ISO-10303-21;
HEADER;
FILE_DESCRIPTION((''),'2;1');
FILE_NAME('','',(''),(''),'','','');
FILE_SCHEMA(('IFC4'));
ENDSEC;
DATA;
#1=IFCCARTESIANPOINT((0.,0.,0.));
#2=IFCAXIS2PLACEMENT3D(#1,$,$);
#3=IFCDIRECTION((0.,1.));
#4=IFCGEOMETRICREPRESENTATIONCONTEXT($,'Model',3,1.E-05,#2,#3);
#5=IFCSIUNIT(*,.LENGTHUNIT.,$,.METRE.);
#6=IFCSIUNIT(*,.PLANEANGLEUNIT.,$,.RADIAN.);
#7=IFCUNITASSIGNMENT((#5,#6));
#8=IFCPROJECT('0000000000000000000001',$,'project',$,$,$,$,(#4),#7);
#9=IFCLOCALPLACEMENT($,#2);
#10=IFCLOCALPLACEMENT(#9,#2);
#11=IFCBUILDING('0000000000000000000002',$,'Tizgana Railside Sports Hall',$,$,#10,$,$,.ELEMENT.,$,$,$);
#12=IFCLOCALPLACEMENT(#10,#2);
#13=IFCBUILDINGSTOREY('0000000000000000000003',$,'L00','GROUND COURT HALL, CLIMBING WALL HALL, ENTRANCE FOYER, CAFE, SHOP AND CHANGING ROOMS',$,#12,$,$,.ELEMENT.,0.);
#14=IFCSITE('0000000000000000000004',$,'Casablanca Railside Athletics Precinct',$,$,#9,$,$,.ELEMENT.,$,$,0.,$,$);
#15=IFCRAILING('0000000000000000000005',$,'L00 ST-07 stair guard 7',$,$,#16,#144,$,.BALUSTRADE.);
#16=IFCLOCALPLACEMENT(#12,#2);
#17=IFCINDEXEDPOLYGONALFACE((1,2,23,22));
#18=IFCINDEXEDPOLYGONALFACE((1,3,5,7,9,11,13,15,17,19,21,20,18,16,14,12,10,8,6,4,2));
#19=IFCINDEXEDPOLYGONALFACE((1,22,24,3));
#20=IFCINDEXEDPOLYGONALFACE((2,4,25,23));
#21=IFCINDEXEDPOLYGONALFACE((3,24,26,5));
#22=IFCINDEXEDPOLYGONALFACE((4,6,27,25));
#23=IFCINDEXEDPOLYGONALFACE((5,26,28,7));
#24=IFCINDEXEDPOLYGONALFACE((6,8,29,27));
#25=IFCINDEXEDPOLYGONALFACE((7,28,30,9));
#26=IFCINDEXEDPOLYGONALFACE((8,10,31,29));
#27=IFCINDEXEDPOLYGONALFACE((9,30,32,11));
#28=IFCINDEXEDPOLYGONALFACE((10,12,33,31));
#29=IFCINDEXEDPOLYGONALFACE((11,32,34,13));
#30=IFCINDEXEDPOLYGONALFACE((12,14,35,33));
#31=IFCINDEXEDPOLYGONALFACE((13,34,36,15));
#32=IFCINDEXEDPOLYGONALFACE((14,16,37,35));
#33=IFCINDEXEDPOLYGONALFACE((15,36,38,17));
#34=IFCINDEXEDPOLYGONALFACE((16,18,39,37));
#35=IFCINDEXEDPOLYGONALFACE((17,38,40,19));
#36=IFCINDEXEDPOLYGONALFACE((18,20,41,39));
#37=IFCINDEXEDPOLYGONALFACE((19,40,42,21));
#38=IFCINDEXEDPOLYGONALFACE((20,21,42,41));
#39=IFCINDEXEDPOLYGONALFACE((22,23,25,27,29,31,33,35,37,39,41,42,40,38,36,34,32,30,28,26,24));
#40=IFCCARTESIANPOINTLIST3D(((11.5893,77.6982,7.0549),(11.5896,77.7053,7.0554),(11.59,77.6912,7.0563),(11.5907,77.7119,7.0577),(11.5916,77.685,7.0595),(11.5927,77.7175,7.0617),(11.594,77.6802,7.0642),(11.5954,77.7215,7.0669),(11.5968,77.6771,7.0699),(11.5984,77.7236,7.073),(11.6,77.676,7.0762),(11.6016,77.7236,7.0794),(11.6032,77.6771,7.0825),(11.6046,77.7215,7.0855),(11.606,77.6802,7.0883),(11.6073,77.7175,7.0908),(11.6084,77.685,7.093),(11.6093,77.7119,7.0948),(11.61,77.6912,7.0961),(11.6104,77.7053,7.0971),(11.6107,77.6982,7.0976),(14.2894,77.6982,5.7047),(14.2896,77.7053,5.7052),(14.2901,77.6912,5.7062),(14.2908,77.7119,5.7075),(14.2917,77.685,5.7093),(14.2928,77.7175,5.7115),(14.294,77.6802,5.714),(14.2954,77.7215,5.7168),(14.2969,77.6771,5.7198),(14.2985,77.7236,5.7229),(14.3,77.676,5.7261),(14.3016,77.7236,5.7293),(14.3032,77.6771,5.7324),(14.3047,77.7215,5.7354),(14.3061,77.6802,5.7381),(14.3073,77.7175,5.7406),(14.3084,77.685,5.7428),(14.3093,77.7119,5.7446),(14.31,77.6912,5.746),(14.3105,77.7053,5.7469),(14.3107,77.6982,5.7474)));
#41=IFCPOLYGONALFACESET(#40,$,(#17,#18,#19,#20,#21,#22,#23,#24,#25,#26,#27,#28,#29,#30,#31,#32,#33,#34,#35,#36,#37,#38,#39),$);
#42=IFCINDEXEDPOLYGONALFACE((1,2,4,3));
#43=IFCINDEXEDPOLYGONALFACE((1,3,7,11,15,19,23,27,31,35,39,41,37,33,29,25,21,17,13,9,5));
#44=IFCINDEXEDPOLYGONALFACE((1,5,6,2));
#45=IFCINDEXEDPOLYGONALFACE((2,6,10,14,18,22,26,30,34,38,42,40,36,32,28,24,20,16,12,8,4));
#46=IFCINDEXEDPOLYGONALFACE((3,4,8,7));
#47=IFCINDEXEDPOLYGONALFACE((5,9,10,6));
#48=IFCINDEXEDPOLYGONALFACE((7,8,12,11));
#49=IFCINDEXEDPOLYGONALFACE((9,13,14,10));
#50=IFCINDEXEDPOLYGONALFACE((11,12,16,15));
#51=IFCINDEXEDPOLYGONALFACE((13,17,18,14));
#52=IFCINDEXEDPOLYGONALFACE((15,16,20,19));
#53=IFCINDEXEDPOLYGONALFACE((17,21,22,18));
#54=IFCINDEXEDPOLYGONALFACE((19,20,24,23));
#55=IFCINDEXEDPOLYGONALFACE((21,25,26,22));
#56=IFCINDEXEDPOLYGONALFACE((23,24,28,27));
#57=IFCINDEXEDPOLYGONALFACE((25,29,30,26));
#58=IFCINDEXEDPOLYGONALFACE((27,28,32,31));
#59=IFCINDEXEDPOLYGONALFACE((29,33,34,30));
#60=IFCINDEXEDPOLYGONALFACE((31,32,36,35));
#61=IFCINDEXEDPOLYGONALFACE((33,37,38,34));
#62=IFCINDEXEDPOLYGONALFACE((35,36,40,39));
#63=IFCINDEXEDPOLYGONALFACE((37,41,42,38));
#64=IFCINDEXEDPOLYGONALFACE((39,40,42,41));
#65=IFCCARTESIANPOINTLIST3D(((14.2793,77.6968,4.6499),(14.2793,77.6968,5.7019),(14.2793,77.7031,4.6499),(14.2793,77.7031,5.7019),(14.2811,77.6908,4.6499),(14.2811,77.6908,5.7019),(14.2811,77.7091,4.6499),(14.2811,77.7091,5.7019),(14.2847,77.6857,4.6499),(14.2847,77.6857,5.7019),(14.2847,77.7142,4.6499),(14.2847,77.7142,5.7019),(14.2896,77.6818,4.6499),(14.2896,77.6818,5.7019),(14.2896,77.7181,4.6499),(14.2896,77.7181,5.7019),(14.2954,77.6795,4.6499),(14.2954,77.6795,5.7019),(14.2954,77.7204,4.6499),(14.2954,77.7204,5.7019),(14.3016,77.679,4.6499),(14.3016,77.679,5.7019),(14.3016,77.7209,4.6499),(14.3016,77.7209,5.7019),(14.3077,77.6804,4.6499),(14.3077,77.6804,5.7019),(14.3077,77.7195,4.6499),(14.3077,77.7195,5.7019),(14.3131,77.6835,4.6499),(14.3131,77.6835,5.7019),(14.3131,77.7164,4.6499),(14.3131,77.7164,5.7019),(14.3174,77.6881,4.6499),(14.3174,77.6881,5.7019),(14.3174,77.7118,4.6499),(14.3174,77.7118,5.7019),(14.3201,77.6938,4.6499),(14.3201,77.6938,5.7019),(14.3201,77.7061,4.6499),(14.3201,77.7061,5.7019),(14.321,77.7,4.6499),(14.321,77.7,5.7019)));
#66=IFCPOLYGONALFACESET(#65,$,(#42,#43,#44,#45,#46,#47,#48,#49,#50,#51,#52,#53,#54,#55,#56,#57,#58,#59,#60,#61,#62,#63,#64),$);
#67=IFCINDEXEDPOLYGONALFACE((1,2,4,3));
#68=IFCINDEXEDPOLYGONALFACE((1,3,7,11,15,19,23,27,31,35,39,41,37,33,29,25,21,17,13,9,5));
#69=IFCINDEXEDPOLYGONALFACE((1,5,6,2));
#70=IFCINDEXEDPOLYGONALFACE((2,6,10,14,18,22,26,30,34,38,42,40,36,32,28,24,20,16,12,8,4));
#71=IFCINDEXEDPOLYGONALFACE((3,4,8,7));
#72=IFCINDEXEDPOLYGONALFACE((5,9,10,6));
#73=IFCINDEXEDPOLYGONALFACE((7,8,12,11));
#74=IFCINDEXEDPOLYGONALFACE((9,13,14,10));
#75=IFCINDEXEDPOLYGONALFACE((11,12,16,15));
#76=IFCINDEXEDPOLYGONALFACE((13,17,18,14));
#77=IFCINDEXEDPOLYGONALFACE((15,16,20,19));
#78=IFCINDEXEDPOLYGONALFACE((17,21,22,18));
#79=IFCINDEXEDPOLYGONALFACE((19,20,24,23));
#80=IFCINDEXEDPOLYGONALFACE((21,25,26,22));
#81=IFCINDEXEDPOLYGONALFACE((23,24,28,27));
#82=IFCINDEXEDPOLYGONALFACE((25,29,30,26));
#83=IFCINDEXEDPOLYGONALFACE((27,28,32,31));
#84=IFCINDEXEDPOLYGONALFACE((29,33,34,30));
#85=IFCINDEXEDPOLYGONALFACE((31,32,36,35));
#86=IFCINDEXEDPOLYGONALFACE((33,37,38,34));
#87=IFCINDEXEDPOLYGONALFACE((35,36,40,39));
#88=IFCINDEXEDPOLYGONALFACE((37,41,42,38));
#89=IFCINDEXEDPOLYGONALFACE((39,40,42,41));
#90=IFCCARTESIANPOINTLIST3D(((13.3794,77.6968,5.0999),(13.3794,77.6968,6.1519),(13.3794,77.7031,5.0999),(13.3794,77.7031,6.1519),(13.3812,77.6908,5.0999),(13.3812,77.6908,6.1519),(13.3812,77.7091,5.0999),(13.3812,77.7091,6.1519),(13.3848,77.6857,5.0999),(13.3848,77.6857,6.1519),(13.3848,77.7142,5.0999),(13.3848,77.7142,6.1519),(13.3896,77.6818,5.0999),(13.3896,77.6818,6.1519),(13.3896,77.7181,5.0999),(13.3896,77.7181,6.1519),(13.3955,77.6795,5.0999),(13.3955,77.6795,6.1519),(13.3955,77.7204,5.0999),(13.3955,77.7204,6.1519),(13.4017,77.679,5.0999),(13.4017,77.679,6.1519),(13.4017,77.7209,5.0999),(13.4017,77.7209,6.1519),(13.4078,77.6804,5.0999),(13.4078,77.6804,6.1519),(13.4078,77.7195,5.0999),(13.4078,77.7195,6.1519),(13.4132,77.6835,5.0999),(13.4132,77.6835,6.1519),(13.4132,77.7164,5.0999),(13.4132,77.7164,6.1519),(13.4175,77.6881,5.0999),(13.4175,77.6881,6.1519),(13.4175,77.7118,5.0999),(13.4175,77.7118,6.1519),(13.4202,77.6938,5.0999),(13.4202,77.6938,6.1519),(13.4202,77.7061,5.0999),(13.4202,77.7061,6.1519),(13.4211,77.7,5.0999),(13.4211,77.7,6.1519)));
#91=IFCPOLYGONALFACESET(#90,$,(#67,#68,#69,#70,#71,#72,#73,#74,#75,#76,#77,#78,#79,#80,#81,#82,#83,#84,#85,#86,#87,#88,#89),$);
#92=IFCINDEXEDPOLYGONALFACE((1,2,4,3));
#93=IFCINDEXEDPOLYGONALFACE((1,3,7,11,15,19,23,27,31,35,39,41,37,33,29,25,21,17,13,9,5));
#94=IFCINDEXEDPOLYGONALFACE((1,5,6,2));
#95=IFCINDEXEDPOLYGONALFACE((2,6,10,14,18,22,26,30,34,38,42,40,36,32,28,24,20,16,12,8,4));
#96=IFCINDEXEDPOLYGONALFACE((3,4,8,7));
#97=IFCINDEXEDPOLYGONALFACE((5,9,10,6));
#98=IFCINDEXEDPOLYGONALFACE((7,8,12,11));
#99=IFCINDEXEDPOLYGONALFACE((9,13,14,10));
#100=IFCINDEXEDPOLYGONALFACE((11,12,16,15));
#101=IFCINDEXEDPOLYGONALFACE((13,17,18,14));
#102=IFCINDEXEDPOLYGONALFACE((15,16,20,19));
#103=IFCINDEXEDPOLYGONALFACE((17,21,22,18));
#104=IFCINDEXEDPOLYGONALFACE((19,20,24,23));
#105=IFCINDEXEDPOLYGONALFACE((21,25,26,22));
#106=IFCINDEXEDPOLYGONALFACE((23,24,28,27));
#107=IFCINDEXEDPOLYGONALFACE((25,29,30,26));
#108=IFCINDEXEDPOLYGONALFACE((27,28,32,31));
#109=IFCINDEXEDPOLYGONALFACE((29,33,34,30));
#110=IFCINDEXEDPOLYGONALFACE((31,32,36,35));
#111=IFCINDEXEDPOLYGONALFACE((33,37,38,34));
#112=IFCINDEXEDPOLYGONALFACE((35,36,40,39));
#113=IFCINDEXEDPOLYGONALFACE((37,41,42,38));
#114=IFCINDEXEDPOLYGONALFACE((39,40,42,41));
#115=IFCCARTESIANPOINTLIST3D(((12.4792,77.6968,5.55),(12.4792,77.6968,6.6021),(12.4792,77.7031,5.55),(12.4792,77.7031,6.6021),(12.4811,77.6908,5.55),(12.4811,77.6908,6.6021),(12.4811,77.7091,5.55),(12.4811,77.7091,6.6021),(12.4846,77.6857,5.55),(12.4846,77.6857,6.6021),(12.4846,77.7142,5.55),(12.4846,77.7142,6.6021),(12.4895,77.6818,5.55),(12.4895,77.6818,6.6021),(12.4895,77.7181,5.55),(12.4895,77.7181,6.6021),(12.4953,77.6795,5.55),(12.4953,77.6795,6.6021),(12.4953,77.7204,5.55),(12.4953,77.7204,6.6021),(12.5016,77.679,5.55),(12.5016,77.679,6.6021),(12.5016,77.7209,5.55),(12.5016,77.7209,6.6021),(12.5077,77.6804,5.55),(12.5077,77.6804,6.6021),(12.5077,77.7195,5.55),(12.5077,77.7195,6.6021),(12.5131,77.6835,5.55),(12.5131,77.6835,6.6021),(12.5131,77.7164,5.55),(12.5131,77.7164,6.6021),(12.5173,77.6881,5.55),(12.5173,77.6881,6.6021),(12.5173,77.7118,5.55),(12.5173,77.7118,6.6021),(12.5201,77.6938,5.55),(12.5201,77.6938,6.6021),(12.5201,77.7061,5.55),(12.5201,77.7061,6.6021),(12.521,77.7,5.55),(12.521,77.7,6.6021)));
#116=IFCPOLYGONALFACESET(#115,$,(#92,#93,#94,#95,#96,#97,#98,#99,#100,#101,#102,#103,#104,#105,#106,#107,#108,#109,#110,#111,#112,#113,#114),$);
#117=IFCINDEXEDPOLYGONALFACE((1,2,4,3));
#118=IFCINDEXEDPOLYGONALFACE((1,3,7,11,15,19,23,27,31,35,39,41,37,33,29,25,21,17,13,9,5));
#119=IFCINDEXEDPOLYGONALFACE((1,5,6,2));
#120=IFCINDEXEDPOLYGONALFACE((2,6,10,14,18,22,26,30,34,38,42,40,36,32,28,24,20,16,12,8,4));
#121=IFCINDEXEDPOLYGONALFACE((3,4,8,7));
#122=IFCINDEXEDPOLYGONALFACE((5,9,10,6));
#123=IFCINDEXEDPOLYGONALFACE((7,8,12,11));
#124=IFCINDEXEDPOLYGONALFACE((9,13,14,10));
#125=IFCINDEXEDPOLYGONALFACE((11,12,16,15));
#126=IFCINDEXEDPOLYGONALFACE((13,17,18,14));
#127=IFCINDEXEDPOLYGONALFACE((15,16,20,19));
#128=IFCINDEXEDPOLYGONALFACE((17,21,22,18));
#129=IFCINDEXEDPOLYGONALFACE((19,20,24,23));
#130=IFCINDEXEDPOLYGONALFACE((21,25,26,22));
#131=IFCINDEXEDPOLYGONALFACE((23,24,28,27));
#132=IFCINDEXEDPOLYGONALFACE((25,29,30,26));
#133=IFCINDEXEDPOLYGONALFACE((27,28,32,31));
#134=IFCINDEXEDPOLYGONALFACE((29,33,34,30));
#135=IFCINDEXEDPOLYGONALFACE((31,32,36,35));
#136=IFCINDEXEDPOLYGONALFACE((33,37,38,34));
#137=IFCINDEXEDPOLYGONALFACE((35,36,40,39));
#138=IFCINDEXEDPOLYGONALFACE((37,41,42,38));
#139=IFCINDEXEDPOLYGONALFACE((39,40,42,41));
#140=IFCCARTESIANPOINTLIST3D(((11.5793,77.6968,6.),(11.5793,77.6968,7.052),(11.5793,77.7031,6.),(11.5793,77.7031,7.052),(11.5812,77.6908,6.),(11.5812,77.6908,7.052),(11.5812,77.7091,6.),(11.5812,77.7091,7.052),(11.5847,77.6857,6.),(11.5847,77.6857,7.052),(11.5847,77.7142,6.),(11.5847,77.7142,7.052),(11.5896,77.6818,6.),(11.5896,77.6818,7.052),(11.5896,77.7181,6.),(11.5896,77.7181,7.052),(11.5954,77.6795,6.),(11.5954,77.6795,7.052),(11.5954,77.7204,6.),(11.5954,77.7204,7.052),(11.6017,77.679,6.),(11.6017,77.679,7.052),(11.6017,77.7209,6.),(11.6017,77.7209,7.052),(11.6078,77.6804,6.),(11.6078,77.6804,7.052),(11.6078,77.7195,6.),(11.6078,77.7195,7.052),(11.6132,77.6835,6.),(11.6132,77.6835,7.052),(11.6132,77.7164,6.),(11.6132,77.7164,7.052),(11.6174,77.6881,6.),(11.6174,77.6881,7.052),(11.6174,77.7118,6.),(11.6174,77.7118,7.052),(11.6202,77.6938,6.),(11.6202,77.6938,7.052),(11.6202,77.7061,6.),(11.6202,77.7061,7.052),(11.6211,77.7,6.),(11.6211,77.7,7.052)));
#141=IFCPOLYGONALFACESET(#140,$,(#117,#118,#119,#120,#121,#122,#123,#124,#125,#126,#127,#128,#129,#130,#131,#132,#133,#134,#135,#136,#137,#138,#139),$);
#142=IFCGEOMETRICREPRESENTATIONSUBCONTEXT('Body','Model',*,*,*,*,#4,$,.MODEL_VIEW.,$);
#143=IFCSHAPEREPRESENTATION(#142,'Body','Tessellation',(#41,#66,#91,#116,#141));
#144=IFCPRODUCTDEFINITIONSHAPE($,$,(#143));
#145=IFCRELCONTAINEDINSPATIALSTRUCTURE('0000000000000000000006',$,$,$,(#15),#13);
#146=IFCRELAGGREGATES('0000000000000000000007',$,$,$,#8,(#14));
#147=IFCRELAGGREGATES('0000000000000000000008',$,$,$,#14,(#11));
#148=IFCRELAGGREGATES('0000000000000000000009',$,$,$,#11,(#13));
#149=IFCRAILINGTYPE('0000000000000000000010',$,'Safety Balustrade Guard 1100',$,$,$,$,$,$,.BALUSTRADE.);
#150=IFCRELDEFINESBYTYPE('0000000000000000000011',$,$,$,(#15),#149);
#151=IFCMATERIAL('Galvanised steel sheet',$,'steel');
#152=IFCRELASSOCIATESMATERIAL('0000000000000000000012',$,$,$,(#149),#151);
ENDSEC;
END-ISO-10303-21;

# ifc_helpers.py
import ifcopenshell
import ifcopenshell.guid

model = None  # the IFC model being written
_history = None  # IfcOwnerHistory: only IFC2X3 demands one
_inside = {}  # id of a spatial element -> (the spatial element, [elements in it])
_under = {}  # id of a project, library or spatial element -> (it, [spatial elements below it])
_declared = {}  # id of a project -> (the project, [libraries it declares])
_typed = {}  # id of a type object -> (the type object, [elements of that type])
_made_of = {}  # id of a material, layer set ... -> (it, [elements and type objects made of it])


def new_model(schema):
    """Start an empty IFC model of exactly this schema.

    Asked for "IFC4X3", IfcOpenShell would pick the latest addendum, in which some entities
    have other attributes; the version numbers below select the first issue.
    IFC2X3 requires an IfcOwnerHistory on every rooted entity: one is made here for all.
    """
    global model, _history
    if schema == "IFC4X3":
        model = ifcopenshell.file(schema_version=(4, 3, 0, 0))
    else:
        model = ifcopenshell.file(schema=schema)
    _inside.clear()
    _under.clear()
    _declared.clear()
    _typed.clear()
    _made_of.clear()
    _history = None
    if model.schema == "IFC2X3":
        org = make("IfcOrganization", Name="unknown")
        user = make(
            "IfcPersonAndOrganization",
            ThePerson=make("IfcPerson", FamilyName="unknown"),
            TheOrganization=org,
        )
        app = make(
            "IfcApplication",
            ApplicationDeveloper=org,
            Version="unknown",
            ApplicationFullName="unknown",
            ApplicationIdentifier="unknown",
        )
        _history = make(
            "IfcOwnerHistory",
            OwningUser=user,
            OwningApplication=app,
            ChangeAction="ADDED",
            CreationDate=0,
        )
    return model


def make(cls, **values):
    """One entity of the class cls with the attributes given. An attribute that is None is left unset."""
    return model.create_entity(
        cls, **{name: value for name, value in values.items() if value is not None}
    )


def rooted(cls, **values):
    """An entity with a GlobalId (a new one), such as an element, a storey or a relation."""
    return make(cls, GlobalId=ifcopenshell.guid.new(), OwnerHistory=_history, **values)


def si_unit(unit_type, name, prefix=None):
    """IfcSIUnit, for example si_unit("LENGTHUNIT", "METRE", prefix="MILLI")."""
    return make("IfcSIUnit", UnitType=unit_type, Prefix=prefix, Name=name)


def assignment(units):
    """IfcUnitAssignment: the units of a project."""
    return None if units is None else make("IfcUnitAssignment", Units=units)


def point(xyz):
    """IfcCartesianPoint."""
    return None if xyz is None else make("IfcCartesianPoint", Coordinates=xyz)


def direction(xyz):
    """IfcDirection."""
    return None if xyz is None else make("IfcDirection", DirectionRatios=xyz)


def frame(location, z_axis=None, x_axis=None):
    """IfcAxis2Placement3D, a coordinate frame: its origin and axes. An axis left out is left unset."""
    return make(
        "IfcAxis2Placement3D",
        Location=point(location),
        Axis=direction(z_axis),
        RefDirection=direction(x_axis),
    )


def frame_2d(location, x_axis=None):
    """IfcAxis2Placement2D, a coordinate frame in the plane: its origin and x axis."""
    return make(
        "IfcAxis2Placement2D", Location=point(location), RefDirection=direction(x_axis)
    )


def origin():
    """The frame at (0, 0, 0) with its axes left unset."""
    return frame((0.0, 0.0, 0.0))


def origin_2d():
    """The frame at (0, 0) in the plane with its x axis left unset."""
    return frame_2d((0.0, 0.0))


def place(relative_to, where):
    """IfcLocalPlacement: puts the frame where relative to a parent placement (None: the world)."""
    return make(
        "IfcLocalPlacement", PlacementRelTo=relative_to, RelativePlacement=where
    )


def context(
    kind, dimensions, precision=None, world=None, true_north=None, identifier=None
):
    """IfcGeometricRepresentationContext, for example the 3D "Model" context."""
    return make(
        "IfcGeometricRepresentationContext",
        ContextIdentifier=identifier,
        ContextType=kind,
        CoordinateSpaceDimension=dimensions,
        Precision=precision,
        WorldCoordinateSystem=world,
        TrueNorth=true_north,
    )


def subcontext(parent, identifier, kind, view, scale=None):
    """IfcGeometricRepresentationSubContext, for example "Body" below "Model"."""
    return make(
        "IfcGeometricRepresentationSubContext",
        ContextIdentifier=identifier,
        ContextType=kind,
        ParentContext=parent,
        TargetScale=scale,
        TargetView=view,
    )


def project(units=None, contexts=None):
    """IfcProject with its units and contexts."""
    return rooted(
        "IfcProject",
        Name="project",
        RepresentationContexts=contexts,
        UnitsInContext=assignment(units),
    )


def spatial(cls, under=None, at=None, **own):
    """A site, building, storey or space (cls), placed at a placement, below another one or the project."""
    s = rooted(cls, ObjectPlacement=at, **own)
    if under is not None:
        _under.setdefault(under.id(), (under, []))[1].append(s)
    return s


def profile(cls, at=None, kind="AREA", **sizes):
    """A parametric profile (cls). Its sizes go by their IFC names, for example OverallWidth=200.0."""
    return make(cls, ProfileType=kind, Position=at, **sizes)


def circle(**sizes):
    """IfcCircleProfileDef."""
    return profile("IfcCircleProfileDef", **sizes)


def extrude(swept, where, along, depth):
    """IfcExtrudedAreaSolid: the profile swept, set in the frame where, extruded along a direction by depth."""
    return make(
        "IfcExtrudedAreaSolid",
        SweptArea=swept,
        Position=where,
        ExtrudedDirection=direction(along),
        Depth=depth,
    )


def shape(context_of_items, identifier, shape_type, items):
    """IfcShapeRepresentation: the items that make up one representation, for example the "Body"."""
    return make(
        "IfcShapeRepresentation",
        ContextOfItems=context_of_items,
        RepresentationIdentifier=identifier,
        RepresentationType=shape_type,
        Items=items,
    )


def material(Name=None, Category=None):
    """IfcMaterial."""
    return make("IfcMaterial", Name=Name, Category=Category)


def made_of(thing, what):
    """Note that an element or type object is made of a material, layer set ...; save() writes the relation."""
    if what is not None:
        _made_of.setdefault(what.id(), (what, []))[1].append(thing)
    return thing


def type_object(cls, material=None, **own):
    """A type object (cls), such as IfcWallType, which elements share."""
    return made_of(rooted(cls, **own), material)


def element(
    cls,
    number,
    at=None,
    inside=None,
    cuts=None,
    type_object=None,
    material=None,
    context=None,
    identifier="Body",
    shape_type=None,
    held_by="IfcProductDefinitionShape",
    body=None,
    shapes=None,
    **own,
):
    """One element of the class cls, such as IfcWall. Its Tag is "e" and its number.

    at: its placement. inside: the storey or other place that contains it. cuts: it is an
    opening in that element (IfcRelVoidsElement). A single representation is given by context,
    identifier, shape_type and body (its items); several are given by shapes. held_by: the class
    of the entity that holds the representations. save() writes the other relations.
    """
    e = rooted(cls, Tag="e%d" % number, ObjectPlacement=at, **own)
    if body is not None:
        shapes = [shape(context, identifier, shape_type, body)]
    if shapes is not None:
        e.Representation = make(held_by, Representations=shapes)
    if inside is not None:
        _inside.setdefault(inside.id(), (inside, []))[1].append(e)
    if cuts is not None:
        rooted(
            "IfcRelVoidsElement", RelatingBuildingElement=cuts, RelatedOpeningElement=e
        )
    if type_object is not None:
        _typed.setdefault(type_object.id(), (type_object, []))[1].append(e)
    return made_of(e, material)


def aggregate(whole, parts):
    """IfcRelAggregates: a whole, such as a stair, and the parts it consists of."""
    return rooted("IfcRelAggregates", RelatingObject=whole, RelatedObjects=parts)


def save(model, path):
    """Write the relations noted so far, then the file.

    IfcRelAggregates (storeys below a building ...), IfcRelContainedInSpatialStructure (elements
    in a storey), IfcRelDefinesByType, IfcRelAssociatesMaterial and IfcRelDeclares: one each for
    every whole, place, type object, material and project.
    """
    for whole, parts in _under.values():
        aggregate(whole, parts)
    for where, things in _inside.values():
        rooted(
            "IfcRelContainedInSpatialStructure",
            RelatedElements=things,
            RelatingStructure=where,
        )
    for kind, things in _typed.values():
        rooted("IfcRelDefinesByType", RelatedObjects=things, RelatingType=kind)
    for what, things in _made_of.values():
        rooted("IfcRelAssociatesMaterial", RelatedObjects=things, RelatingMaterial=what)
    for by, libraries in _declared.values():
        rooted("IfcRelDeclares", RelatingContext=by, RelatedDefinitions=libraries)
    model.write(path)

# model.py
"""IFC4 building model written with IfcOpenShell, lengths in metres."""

from ifc_helpers import new_model, si_unit, direction, frame, origin, origin_2d, place, context, subcontext, project, spatial, circle, extrude, material, type_object, element, save


model = new_model("IFC4")

# Units and contexts
model_context = context("Model", 3, precision=1e-05, world=origin(), true_north=direction((0.0, 1.0)))
body_context = subcontext(model_context, "Body", "Model", "MODEL_VIEW")
ifc_project = project(units=[si_unit("LENGTHUNIT", "METRE"), si_unit("PLANEANGLEUNIT", "RADIAN")], contexts=[model_context])

# Site, building, storey
site_placement = place(None, origin())
site = spatial("IfcSite", under=ifc_project, at=site_placement, Name="Casablanca Railside Athletics Precinct", CompositionType="ELEMENT", RefElevation=0.0)
building_placement = place(site_placement, origin())
building = spatial("IfcBuilding", under=site, at=building_placement, Name="Tizgana Railside Sports Hall", CompositionType="ELEMENT")
storey_placement = place(building_placement, origin())
storey = spatial("IfcBuildingStorey", under=building, at=storey_placement, Name="L00", Description="GROUND COURT HALL, CLIMBING WALL HALL, ENTRANCE FOYER, CAFE, SHOP AND CHANGING ROOMS", CompositionType="ELEMENT", Elevation=0.0)

# Railing
ifc_material_1 = material(Name="Galvanised steel sheet", Category="steel")
railing_type_1 = type_object("IfcRailingType", Name="Safety Balustrade Guard 1100", PredefinedType="BALUSTRADE", material=ifc_material_1)
railing_1_placement = place(storey_placement, frame((14.3, 77.7, 4.6499)))
element("IfcRailing", 1, at=railing_1_placement, inside=storey, type_object=railing_type_1, Name="L00 ST-07 stair guard 7", PredefinedType="BALUSTRADE", context=body_context, shape_type="SweptSolid", body=[
    extrude(circle(Radius=0.0239, at=origin_2d()), frame((0.0, 0.0, 1.0762), z_axis=(-0.894411, 0.0, 0.447246), x_axis=(0.0, -1.0, 0.0)), (0.0, 0.0, 1.0), 3.0188),
    extrude(circle(Radius=0.021, at=origin_2d()), origin(), (0.0, 0.0, 1.0), 1.052),
    extrude(circle(Radius=0.021, at=origin_2d()), frame((-0.8999, 0.0, 0.45)), (0.0, 0.0, 1.0), 1.052),
    extrude(circle(Radius=0.021, at=origin_2d()), frame((-1.8, 0.0, 0.9001)), (0.0, 0.0, 1.0), 1.052),
    extrude(circle(Radius=0.021, at=origin_2d()), frame((-2.7, 0.0, 1.3501)), (0.0, 0.0, 1.0), 1.052),
])

save(model, "model.ifc")
